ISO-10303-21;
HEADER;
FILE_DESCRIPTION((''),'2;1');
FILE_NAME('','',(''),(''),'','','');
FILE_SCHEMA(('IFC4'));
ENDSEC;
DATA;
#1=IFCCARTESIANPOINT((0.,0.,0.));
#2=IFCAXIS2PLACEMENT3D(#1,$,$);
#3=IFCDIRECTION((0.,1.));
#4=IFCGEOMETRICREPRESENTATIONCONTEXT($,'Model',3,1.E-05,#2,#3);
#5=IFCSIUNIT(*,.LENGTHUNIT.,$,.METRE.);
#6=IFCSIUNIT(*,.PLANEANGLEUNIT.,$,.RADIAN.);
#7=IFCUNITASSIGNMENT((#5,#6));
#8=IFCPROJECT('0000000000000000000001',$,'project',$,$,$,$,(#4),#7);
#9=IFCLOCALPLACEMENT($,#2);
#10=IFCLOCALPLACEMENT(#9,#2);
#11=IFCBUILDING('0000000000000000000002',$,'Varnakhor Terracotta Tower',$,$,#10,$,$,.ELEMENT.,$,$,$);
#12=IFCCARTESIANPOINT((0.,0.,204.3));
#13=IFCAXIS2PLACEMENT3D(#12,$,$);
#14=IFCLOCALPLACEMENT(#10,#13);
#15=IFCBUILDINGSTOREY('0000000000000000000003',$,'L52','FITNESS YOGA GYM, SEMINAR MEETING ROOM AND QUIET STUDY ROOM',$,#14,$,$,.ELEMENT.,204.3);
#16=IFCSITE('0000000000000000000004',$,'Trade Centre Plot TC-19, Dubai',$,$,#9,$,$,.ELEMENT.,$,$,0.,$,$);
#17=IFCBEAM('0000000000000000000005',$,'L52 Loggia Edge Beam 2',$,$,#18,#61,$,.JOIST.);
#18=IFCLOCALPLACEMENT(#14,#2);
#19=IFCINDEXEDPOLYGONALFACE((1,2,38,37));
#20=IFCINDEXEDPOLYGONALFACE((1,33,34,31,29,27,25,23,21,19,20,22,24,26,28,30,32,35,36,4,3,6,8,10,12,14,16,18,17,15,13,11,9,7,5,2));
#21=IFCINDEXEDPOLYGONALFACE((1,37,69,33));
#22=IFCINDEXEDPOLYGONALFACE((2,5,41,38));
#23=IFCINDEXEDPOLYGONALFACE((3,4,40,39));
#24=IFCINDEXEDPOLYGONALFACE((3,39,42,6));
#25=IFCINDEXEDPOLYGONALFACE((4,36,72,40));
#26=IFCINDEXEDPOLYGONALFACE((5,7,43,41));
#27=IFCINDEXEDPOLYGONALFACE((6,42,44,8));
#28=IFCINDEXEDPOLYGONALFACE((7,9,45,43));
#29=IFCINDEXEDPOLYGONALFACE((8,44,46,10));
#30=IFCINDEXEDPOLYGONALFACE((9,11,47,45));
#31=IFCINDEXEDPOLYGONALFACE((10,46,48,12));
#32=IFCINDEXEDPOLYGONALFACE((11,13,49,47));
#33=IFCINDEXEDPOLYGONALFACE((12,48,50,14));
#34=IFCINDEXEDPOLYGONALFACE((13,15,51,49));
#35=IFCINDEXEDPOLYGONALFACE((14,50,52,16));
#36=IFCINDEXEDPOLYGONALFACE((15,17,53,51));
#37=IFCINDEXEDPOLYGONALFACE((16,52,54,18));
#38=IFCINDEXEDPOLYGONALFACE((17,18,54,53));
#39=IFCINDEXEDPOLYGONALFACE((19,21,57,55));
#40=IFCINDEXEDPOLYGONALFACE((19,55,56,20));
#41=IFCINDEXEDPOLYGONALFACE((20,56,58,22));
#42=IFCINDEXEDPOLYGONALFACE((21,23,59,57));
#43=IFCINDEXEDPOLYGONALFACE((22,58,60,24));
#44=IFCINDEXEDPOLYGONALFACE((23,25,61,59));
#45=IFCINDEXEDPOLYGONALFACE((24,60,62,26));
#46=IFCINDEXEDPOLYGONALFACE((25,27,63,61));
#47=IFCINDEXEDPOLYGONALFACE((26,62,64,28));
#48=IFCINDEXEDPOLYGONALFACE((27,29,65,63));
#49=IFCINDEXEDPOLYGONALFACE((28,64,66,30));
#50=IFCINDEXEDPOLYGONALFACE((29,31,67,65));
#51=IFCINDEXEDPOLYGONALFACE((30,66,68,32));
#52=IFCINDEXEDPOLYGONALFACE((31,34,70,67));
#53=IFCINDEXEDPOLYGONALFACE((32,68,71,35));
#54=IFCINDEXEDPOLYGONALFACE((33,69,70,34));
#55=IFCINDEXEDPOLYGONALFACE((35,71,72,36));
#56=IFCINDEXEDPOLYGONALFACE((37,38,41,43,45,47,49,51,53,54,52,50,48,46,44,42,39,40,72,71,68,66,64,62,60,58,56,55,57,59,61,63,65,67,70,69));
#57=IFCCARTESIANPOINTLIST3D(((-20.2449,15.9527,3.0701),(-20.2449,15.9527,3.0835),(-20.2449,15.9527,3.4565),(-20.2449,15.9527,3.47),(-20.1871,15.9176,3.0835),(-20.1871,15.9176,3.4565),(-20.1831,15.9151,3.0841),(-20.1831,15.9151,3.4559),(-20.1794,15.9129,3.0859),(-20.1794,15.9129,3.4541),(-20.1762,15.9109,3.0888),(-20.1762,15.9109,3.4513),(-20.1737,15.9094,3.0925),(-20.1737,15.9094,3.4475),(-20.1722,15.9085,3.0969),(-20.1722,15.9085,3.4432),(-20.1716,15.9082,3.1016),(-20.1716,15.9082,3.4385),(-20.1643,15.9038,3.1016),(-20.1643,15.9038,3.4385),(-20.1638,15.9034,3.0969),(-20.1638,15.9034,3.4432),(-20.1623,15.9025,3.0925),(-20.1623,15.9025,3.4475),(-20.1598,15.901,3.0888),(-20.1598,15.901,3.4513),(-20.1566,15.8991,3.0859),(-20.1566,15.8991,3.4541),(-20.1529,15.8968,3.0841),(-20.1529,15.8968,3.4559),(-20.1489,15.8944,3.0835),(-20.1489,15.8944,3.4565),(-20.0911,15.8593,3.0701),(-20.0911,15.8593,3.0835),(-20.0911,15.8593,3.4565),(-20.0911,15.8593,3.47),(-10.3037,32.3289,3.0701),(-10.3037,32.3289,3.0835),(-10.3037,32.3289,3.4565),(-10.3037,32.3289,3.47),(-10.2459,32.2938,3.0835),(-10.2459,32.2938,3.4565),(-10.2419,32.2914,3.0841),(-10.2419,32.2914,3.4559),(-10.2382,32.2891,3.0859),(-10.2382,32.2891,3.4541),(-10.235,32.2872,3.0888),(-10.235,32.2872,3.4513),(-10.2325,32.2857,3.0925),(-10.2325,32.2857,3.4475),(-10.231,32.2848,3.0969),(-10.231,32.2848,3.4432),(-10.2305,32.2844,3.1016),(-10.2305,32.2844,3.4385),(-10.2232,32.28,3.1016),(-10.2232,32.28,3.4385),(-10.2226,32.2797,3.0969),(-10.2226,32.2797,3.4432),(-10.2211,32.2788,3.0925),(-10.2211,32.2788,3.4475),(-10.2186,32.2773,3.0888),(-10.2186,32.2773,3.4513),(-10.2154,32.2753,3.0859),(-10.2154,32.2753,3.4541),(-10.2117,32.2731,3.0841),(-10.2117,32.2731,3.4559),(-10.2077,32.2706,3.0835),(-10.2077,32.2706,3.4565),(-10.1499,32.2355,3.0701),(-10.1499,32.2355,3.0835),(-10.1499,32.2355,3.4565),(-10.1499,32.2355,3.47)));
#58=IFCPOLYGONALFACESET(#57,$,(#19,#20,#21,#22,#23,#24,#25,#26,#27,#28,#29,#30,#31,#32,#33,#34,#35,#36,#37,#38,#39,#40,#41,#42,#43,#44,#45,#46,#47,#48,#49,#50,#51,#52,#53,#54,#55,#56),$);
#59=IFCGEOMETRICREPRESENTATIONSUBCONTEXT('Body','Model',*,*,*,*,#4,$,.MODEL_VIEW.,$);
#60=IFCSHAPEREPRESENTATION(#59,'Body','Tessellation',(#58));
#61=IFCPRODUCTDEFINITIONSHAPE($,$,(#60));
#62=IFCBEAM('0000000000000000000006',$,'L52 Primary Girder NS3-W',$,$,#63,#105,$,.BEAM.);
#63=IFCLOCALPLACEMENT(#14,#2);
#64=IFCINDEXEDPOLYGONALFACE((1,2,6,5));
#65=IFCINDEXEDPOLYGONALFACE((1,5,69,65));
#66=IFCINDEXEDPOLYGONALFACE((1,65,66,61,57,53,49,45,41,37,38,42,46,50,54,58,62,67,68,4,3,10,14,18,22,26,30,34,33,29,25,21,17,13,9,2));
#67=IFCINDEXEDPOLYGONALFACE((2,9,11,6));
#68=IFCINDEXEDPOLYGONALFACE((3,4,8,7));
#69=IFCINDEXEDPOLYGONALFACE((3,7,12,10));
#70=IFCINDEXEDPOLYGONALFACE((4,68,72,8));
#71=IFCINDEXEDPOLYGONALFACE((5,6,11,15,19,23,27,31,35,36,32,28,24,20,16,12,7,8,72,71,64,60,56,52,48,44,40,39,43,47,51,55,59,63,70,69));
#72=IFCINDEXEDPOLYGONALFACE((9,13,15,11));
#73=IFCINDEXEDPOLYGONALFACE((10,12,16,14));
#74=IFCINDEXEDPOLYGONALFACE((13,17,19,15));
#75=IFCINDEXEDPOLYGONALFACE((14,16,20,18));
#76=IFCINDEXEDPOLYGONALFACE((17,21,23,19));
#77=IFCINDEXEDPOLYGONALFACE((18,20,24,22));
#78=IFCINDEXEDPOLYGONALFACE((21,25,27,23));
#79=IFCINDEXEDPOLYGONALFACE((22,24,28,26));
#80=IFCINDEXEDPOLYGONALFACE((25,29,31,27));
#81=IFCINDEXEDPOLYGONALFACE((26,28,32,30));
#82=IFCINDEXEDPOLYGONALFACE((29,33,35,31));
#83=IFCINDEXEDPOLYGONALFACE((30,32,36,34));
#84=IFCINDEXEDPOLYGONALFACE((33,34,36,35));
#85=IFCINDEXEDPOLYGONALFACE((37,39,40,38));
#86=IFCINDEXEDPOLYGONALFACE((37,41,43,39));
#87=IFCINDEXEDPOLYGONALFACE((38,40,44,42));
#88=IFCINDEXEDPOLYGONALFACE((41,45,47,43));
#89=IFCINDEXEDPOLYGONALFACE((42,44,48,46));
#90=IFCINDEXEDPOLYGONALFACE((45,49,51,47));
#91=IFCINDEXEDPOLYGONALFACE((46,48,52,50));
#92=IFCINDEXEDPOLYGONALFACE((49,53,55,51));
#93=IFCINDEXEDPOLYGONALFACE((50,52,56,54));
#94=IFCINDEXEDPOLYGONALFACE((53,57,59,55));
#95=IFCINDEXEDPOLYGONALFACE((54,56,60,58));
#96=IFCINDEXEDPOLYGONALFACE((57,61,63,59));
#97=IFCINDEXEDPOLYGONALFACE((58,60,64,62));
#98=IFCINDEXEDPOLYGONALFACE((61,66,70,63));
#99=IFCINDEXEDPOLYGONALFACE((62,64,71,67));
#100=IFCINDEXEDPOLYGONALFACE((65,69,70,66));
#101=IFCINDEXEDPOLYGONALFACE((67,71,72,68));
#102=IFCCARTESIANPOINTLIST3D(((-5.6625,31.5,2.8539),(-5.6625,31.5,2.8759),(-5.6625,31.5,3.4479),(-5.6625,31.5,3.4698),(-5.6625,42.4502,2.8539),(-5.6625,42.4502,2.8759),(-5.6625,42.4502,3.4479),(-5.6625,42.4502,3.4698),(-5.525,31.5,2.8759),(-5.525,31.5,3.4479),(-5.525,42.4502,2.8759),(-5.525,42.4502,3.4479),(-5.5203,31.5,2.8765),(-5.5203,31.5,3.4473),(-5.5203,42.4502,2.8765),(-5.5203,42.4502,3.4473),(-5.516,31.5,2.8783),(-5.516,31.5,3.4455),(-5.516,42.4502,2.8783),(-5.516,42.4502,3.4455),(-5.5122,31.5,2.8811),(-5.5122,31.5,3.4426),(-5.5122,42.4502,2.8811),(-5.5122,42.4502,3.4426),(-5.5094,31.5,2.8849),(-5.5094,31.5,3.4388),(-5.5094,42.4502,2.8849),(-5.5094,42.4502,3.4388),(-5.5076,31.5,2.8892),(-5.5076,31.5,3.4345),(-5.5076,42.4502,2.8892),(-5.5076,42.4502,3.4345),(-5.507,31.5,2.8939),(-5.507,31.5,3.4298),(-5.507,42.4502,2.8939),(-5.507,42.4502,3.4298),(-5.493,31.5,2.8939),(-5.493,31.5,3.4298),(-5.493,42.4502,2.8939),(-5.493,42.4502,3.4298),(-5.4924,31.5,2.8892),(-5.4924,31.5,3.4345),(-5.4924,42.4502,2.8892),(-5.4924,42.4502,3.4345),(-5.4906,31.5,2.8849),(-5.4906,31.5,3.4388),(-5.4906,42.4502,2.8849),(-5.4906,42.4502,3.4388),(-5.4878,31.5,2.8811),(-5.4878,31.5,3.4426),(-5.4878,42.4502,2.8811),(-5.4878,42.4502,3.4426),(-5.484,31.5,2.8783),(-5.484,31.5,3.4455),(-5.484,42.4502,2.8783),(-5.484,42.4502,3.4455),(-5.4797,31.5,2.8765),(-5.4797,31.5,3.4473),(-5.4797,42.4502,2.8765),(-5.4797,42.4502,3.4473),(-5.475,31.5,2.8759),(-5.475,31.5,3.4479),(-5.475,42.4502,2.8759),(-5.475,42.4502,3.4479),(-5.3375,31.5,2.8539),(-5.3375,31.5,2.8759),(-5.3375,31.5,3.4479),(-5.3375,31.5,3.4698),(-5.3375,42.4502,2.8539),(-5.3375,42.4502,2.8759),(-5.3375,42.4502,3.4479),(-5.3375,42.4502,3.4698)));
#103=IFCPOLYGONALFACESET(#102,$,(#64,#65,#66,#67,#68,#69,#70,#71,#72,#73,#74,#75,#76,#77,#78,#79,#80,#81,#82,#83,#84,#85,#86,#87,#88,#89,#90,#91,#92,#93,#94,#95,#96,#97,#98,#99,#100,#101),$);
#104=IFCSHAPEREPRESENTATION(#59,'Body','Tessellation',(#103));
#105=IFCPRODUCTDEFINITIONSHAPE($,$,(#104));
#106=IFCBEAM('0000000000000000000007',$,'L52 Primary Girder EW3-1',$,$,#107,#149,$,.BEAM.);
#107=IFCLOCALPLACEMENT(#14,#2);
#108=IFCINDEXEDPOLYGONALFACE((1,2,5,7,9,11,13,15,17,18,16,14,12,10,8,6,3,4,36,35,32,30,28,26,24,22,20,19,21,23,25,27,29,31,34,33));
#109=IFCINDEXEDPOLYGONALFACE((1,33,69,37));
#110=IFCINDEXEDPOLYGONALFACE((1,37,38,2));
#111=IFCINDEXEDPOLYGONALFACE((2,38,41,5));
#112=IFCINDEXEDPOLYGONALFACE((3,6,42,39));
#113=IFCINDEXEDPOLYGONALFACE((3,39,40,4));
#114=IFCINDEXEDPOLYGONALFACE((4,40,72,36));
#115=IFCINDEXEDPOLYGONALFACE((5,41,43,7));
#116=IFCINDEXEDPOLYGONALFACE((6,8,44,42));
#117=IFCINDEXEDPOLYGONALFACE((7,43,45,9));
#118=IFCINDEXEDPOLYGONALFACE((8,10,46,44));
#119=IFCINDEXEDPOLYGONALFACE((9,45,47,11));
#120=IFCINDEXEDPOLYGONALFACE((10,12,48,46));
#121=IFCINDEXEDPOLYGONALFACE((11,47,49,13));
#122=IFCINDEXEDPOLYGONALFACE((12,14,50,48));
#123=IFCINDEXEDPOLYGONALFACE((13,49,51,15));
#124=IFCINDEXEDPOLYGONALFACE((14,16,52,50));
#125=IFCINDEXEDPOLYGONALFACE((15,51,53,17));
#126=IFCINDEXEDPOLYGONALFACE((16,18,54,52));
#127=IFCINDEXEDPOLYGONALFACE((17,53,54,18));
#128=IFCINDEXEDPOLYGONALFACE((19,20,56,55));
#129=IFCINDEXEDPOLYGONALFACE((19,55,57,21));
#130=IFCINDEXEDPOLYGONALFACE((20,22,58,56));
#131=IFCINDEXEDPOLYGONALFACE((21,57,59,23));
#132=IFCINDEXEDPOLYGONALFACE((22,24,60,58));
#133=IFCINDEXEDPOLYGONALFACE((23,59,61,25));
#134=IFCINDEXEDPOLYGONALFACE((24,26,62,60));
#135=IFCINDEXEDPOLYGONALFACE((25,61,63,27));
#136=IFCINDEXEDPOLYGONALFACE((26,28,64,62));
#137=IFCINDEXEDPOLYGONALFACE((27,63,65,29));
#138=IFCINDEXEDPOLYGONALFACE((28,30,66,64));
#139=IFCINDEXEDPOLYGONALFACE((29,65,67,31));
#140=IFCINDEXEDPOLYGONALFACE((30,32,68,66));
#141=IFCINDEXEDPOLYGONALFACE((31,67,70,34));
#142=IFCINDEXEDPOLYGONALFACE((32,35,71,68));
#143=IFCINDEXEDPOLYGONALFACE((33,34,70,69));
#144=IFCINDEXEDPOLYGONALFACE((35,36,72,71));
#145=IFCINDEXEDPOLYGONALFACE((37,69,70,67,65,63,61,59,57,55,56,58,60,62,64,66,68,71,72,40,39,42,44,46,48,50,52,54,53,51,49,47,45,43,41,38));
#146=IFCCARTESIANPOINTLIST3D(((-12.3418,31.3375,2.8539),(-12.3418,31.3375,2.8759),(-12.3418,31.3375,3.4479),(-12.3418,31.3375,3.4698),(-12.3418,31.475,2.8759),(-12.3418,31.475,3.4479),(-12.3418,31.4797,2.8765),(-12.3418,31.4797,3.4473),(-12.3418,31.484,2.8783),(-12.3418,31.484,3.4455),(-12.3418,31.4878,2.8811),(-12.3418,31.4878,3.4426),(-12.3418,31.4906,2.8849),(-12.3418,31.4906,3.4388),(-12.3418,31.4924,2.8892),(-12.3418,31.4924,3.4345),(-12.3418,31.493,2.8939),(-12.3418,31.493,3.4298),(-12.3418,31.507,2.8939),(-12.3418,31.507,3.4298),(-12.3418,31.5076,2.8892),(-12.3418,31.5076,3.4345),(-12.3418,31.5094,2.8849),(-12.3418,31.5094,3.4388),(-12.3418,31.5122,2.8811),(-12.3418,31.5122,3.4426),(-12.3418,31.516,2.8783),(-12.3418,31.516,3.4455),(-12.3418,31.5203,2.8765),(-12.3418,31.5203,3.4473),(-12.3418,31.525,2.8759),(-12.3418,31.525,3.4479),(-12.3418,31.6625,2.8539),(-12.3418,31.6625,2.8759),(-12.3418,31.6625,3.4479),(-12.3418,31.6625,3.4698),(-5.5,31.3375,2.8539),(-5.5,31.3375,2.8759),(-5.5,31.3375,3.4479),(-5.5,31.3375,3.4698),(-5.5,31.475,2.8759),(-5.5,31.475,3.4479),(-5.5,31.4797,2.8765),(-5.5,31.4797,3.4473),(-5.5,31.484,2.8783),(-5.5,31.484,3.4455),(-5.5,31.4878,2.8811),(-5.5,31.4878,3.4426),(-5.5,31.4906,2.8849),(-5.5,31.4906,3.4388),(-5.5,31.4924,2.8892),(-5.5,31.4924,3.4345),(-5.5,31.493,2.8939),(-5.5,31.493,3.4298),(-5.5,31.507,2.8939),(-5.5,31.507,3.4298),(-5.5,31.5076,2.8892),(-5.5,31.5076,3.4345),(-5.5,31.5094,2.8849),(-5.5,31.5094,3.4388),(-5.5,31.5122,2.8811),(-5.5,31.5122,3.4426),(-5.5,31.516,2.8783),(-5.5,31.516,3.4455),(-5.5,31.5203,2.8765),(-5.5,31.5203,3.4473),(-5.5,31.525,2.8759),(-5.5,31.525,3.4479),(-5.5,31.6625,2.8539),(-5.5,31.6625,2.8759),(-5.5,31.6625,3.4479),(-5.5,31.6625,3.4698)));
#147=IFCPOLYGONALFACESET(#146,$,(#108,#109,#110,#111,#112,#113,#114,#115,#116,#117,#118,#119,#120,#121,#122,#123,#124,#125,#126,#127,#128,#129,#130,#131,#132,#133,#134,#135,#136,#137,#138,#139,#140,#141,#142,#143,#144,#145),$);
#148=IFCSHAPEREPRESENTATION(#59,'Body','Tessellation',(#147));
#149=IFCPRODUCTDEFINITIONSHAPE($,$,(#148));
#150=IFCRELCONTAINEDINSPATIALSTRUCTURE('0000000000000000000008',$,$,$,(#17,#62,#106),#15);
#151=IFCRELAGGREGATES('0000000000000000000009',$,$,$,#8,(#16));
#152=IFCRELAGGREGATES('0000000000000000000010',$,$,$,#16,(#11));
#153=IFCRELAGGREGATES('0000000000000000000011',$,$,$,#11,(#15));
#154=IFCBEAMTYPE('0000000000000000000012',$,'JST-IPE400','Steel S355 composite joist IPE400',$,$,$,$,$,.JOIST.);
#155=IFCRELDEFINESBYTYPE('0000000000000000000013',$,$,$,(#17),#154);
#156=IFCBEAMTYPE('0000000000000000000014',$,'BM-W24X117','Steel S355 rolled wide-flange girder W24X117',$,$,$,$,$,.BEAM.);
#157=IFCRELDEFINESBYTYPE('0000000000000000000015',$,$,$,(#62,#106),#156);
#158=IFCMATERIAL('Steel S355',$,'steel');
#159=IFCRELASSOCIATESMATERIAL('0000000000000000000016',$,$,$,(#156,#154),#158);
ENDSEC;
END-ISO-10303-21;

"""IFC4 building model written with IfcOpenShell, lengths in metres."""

from ifc_helpers import new_model, si_unit, direction, frame, origin, origin_2d, place, context, subcontext, project, spatial, i_section, extrude, source, transform, mapped, material, material_profile, profile_set, type_object, element, save


model = new_model("IFC4")

# Units and contexts
model_context = context("Model", 3, precision=1e-05, world=origin(), true_north=direction((0.0, 1.0)))
body_context = subcontext(model_context, "Body", "Model", "MODEL_VIEW")
ifc_project = project(units=[si_unit("LENGTHUNIT", "METRE"), si_unit("PLANEANGLEUNIT", "RADIAN")], contexts=[model_context])

# Site, building, storey
site_placement = place(None, origin())
site = spatial("IfcSite", under=ifc_project, at=site_placement, Name="Trade Centre Plot TC-19, Dubai", CompositionType="ELEMENT", RefElevation=0.0)
building_placement = place(site_placement, origin())
building = spatial("IfcBuilding", under=site, at=building_placement, Name="Varnakhor Terracotta Tower", CompositionType="ELEMENT")
storey_placement = place(building_placement, frame((0.0, 0.0, 204.3)))
storey = spatial("IfcBuildingStorey", under=building, at=storey_placement, Name="L52", Description="FITNESS YOGA GYM, SEMINAR MEETING ROOM AND QUIET STUDY ROOM", CompositionType="ELEMENT", Elevation=204.3)

# Beams
ifc_material_1 = material(Name="Steel S355", Category="steel")
ifc_material_profile_1 = material_profile(ifc_material_1, i_section(OverallWidth=0.325, OverallDepth=0.616, WebThickness=0.0139, FlangeThickness=0.022, FilletRadius=0.0181, at=origin_2d()), Name="W24X117")
ifc_profile_set_1 = profile_set([ifc_material_profile_1], Name="Steel S355")
beam_type_1 = type_object("IfcBeamType", Name="BM-W24X117", Description="Steel S355 rolled wide-flange girder W24X117", PredefinedType="BEAM", material=ifc_profile_set_1)
ifc_material_profile_2 = material_profile(ifc_material_1, i_section(OverallWidth=0.1799, OverallDepth=0.3999, WebThickness=0.0085, FlangeThickness=0.0134, FilletRadius=0.0181, at=origin_2d()), Name="IPE400")
ifc_profile_set_2 = profile_set([ifc_material_profile_2], Name="Steel S355")
beam_type_2 = type_object("IfcBeamType", Name="JST-IPE400", Description="Steel S355 composite joist IPE400", PredefinedType="JOIST", material=ifc_profile_set_2)
shared_shape_1 = source(origin(), body_context, "Body", "SweptSolid", [
    extrude(i_section(OverallWidth=0.1799, OverallDepth=0.3999, WebThickness=0.0085, FlangeThickness=0.0134, FilletRadius=0.0181, at=origin_2d()), origin(), (0.0, 0.0, 1.0), 19.1575),
])
beam_1_placement = place(storey_placement, frame((-10.2268, 32.2822, 3.27), z_axis=(-0.518919, -0.854823, 0.0), x_axis=(0.854823, -0.518919, 0.0)))
element("IfcBeam", 1, at=beam_1_placement, inside=storey, type_object=beam_type_2, Name="L52 Loggia Edge Beam 2", PredefinedType="JOIST", context=body_context, shape_type="MappedRepresentation", body=[
    mapped(shared_shape_1, transform((0.0, 0.0, 0.0), scale=1.0)),
])
shared_shape_2 = source(origin(), body_context, "Body", "SweptSolid", [
    extrude(i_section(OverallWidth=0.325, OverallDepth=0.616, WebThickness=0.0139, FlangeThickness=0.022, FilletRadius=0.0181, at=origin_2d()), origin(), (0.0, 0.0, 1.0), 10.9502),
])
beam_2_placement = place(storey_placement, frame((-5.5, 31.5, 3.1619), z_axis=(0.0, 1.0, 0.0), x_axis=(-1.0, 0.0, 0.0)))
element("IfcBeam", 2, at=beam_2_placement, inside=storey, type_object=beam_type_1, Name="L52 Primary Girder NS3-W", PredefinedType="BEAM", context=body_context, shape_type="MappedRepresentation", body=[
    mapped(shared_shape_2, transform((0.0, 0.0, 0.0), scale=1.0)),
])
shared_shape_3 = source(origin(), body_context, "Body", "SweptSolid", [
    extrude(i_section(OverallWidth=0.325, OverallDepth=0.616, WebThickness=0.0139, FlangeThickness=0.022, FilletRadius=0.0181, at=origin_2d()), origin(), (0.0, 0.0, 1.0), 6.8418),
])
beam_3_placement = place(storey_placement, frame((-12.3418, 31.5, 3.1619), z_axis=(1.0, 0.0, 0.0), x_axis=(0.0, 1.0, 0.0)))
element("IfcBeam", 3, at=beam_3_placement, inside=storey, type_object=beam_type_1, Name="L52 Primary Girder EW3-1", PredefinedType="BEAM", context=body_context, shape_type="MappedRepresentation", body=[
    mapped(shared_shape_3, transform((0.0, 0.0, 0.0), scale=1.0)),
])

save(model, "model.ifc")
